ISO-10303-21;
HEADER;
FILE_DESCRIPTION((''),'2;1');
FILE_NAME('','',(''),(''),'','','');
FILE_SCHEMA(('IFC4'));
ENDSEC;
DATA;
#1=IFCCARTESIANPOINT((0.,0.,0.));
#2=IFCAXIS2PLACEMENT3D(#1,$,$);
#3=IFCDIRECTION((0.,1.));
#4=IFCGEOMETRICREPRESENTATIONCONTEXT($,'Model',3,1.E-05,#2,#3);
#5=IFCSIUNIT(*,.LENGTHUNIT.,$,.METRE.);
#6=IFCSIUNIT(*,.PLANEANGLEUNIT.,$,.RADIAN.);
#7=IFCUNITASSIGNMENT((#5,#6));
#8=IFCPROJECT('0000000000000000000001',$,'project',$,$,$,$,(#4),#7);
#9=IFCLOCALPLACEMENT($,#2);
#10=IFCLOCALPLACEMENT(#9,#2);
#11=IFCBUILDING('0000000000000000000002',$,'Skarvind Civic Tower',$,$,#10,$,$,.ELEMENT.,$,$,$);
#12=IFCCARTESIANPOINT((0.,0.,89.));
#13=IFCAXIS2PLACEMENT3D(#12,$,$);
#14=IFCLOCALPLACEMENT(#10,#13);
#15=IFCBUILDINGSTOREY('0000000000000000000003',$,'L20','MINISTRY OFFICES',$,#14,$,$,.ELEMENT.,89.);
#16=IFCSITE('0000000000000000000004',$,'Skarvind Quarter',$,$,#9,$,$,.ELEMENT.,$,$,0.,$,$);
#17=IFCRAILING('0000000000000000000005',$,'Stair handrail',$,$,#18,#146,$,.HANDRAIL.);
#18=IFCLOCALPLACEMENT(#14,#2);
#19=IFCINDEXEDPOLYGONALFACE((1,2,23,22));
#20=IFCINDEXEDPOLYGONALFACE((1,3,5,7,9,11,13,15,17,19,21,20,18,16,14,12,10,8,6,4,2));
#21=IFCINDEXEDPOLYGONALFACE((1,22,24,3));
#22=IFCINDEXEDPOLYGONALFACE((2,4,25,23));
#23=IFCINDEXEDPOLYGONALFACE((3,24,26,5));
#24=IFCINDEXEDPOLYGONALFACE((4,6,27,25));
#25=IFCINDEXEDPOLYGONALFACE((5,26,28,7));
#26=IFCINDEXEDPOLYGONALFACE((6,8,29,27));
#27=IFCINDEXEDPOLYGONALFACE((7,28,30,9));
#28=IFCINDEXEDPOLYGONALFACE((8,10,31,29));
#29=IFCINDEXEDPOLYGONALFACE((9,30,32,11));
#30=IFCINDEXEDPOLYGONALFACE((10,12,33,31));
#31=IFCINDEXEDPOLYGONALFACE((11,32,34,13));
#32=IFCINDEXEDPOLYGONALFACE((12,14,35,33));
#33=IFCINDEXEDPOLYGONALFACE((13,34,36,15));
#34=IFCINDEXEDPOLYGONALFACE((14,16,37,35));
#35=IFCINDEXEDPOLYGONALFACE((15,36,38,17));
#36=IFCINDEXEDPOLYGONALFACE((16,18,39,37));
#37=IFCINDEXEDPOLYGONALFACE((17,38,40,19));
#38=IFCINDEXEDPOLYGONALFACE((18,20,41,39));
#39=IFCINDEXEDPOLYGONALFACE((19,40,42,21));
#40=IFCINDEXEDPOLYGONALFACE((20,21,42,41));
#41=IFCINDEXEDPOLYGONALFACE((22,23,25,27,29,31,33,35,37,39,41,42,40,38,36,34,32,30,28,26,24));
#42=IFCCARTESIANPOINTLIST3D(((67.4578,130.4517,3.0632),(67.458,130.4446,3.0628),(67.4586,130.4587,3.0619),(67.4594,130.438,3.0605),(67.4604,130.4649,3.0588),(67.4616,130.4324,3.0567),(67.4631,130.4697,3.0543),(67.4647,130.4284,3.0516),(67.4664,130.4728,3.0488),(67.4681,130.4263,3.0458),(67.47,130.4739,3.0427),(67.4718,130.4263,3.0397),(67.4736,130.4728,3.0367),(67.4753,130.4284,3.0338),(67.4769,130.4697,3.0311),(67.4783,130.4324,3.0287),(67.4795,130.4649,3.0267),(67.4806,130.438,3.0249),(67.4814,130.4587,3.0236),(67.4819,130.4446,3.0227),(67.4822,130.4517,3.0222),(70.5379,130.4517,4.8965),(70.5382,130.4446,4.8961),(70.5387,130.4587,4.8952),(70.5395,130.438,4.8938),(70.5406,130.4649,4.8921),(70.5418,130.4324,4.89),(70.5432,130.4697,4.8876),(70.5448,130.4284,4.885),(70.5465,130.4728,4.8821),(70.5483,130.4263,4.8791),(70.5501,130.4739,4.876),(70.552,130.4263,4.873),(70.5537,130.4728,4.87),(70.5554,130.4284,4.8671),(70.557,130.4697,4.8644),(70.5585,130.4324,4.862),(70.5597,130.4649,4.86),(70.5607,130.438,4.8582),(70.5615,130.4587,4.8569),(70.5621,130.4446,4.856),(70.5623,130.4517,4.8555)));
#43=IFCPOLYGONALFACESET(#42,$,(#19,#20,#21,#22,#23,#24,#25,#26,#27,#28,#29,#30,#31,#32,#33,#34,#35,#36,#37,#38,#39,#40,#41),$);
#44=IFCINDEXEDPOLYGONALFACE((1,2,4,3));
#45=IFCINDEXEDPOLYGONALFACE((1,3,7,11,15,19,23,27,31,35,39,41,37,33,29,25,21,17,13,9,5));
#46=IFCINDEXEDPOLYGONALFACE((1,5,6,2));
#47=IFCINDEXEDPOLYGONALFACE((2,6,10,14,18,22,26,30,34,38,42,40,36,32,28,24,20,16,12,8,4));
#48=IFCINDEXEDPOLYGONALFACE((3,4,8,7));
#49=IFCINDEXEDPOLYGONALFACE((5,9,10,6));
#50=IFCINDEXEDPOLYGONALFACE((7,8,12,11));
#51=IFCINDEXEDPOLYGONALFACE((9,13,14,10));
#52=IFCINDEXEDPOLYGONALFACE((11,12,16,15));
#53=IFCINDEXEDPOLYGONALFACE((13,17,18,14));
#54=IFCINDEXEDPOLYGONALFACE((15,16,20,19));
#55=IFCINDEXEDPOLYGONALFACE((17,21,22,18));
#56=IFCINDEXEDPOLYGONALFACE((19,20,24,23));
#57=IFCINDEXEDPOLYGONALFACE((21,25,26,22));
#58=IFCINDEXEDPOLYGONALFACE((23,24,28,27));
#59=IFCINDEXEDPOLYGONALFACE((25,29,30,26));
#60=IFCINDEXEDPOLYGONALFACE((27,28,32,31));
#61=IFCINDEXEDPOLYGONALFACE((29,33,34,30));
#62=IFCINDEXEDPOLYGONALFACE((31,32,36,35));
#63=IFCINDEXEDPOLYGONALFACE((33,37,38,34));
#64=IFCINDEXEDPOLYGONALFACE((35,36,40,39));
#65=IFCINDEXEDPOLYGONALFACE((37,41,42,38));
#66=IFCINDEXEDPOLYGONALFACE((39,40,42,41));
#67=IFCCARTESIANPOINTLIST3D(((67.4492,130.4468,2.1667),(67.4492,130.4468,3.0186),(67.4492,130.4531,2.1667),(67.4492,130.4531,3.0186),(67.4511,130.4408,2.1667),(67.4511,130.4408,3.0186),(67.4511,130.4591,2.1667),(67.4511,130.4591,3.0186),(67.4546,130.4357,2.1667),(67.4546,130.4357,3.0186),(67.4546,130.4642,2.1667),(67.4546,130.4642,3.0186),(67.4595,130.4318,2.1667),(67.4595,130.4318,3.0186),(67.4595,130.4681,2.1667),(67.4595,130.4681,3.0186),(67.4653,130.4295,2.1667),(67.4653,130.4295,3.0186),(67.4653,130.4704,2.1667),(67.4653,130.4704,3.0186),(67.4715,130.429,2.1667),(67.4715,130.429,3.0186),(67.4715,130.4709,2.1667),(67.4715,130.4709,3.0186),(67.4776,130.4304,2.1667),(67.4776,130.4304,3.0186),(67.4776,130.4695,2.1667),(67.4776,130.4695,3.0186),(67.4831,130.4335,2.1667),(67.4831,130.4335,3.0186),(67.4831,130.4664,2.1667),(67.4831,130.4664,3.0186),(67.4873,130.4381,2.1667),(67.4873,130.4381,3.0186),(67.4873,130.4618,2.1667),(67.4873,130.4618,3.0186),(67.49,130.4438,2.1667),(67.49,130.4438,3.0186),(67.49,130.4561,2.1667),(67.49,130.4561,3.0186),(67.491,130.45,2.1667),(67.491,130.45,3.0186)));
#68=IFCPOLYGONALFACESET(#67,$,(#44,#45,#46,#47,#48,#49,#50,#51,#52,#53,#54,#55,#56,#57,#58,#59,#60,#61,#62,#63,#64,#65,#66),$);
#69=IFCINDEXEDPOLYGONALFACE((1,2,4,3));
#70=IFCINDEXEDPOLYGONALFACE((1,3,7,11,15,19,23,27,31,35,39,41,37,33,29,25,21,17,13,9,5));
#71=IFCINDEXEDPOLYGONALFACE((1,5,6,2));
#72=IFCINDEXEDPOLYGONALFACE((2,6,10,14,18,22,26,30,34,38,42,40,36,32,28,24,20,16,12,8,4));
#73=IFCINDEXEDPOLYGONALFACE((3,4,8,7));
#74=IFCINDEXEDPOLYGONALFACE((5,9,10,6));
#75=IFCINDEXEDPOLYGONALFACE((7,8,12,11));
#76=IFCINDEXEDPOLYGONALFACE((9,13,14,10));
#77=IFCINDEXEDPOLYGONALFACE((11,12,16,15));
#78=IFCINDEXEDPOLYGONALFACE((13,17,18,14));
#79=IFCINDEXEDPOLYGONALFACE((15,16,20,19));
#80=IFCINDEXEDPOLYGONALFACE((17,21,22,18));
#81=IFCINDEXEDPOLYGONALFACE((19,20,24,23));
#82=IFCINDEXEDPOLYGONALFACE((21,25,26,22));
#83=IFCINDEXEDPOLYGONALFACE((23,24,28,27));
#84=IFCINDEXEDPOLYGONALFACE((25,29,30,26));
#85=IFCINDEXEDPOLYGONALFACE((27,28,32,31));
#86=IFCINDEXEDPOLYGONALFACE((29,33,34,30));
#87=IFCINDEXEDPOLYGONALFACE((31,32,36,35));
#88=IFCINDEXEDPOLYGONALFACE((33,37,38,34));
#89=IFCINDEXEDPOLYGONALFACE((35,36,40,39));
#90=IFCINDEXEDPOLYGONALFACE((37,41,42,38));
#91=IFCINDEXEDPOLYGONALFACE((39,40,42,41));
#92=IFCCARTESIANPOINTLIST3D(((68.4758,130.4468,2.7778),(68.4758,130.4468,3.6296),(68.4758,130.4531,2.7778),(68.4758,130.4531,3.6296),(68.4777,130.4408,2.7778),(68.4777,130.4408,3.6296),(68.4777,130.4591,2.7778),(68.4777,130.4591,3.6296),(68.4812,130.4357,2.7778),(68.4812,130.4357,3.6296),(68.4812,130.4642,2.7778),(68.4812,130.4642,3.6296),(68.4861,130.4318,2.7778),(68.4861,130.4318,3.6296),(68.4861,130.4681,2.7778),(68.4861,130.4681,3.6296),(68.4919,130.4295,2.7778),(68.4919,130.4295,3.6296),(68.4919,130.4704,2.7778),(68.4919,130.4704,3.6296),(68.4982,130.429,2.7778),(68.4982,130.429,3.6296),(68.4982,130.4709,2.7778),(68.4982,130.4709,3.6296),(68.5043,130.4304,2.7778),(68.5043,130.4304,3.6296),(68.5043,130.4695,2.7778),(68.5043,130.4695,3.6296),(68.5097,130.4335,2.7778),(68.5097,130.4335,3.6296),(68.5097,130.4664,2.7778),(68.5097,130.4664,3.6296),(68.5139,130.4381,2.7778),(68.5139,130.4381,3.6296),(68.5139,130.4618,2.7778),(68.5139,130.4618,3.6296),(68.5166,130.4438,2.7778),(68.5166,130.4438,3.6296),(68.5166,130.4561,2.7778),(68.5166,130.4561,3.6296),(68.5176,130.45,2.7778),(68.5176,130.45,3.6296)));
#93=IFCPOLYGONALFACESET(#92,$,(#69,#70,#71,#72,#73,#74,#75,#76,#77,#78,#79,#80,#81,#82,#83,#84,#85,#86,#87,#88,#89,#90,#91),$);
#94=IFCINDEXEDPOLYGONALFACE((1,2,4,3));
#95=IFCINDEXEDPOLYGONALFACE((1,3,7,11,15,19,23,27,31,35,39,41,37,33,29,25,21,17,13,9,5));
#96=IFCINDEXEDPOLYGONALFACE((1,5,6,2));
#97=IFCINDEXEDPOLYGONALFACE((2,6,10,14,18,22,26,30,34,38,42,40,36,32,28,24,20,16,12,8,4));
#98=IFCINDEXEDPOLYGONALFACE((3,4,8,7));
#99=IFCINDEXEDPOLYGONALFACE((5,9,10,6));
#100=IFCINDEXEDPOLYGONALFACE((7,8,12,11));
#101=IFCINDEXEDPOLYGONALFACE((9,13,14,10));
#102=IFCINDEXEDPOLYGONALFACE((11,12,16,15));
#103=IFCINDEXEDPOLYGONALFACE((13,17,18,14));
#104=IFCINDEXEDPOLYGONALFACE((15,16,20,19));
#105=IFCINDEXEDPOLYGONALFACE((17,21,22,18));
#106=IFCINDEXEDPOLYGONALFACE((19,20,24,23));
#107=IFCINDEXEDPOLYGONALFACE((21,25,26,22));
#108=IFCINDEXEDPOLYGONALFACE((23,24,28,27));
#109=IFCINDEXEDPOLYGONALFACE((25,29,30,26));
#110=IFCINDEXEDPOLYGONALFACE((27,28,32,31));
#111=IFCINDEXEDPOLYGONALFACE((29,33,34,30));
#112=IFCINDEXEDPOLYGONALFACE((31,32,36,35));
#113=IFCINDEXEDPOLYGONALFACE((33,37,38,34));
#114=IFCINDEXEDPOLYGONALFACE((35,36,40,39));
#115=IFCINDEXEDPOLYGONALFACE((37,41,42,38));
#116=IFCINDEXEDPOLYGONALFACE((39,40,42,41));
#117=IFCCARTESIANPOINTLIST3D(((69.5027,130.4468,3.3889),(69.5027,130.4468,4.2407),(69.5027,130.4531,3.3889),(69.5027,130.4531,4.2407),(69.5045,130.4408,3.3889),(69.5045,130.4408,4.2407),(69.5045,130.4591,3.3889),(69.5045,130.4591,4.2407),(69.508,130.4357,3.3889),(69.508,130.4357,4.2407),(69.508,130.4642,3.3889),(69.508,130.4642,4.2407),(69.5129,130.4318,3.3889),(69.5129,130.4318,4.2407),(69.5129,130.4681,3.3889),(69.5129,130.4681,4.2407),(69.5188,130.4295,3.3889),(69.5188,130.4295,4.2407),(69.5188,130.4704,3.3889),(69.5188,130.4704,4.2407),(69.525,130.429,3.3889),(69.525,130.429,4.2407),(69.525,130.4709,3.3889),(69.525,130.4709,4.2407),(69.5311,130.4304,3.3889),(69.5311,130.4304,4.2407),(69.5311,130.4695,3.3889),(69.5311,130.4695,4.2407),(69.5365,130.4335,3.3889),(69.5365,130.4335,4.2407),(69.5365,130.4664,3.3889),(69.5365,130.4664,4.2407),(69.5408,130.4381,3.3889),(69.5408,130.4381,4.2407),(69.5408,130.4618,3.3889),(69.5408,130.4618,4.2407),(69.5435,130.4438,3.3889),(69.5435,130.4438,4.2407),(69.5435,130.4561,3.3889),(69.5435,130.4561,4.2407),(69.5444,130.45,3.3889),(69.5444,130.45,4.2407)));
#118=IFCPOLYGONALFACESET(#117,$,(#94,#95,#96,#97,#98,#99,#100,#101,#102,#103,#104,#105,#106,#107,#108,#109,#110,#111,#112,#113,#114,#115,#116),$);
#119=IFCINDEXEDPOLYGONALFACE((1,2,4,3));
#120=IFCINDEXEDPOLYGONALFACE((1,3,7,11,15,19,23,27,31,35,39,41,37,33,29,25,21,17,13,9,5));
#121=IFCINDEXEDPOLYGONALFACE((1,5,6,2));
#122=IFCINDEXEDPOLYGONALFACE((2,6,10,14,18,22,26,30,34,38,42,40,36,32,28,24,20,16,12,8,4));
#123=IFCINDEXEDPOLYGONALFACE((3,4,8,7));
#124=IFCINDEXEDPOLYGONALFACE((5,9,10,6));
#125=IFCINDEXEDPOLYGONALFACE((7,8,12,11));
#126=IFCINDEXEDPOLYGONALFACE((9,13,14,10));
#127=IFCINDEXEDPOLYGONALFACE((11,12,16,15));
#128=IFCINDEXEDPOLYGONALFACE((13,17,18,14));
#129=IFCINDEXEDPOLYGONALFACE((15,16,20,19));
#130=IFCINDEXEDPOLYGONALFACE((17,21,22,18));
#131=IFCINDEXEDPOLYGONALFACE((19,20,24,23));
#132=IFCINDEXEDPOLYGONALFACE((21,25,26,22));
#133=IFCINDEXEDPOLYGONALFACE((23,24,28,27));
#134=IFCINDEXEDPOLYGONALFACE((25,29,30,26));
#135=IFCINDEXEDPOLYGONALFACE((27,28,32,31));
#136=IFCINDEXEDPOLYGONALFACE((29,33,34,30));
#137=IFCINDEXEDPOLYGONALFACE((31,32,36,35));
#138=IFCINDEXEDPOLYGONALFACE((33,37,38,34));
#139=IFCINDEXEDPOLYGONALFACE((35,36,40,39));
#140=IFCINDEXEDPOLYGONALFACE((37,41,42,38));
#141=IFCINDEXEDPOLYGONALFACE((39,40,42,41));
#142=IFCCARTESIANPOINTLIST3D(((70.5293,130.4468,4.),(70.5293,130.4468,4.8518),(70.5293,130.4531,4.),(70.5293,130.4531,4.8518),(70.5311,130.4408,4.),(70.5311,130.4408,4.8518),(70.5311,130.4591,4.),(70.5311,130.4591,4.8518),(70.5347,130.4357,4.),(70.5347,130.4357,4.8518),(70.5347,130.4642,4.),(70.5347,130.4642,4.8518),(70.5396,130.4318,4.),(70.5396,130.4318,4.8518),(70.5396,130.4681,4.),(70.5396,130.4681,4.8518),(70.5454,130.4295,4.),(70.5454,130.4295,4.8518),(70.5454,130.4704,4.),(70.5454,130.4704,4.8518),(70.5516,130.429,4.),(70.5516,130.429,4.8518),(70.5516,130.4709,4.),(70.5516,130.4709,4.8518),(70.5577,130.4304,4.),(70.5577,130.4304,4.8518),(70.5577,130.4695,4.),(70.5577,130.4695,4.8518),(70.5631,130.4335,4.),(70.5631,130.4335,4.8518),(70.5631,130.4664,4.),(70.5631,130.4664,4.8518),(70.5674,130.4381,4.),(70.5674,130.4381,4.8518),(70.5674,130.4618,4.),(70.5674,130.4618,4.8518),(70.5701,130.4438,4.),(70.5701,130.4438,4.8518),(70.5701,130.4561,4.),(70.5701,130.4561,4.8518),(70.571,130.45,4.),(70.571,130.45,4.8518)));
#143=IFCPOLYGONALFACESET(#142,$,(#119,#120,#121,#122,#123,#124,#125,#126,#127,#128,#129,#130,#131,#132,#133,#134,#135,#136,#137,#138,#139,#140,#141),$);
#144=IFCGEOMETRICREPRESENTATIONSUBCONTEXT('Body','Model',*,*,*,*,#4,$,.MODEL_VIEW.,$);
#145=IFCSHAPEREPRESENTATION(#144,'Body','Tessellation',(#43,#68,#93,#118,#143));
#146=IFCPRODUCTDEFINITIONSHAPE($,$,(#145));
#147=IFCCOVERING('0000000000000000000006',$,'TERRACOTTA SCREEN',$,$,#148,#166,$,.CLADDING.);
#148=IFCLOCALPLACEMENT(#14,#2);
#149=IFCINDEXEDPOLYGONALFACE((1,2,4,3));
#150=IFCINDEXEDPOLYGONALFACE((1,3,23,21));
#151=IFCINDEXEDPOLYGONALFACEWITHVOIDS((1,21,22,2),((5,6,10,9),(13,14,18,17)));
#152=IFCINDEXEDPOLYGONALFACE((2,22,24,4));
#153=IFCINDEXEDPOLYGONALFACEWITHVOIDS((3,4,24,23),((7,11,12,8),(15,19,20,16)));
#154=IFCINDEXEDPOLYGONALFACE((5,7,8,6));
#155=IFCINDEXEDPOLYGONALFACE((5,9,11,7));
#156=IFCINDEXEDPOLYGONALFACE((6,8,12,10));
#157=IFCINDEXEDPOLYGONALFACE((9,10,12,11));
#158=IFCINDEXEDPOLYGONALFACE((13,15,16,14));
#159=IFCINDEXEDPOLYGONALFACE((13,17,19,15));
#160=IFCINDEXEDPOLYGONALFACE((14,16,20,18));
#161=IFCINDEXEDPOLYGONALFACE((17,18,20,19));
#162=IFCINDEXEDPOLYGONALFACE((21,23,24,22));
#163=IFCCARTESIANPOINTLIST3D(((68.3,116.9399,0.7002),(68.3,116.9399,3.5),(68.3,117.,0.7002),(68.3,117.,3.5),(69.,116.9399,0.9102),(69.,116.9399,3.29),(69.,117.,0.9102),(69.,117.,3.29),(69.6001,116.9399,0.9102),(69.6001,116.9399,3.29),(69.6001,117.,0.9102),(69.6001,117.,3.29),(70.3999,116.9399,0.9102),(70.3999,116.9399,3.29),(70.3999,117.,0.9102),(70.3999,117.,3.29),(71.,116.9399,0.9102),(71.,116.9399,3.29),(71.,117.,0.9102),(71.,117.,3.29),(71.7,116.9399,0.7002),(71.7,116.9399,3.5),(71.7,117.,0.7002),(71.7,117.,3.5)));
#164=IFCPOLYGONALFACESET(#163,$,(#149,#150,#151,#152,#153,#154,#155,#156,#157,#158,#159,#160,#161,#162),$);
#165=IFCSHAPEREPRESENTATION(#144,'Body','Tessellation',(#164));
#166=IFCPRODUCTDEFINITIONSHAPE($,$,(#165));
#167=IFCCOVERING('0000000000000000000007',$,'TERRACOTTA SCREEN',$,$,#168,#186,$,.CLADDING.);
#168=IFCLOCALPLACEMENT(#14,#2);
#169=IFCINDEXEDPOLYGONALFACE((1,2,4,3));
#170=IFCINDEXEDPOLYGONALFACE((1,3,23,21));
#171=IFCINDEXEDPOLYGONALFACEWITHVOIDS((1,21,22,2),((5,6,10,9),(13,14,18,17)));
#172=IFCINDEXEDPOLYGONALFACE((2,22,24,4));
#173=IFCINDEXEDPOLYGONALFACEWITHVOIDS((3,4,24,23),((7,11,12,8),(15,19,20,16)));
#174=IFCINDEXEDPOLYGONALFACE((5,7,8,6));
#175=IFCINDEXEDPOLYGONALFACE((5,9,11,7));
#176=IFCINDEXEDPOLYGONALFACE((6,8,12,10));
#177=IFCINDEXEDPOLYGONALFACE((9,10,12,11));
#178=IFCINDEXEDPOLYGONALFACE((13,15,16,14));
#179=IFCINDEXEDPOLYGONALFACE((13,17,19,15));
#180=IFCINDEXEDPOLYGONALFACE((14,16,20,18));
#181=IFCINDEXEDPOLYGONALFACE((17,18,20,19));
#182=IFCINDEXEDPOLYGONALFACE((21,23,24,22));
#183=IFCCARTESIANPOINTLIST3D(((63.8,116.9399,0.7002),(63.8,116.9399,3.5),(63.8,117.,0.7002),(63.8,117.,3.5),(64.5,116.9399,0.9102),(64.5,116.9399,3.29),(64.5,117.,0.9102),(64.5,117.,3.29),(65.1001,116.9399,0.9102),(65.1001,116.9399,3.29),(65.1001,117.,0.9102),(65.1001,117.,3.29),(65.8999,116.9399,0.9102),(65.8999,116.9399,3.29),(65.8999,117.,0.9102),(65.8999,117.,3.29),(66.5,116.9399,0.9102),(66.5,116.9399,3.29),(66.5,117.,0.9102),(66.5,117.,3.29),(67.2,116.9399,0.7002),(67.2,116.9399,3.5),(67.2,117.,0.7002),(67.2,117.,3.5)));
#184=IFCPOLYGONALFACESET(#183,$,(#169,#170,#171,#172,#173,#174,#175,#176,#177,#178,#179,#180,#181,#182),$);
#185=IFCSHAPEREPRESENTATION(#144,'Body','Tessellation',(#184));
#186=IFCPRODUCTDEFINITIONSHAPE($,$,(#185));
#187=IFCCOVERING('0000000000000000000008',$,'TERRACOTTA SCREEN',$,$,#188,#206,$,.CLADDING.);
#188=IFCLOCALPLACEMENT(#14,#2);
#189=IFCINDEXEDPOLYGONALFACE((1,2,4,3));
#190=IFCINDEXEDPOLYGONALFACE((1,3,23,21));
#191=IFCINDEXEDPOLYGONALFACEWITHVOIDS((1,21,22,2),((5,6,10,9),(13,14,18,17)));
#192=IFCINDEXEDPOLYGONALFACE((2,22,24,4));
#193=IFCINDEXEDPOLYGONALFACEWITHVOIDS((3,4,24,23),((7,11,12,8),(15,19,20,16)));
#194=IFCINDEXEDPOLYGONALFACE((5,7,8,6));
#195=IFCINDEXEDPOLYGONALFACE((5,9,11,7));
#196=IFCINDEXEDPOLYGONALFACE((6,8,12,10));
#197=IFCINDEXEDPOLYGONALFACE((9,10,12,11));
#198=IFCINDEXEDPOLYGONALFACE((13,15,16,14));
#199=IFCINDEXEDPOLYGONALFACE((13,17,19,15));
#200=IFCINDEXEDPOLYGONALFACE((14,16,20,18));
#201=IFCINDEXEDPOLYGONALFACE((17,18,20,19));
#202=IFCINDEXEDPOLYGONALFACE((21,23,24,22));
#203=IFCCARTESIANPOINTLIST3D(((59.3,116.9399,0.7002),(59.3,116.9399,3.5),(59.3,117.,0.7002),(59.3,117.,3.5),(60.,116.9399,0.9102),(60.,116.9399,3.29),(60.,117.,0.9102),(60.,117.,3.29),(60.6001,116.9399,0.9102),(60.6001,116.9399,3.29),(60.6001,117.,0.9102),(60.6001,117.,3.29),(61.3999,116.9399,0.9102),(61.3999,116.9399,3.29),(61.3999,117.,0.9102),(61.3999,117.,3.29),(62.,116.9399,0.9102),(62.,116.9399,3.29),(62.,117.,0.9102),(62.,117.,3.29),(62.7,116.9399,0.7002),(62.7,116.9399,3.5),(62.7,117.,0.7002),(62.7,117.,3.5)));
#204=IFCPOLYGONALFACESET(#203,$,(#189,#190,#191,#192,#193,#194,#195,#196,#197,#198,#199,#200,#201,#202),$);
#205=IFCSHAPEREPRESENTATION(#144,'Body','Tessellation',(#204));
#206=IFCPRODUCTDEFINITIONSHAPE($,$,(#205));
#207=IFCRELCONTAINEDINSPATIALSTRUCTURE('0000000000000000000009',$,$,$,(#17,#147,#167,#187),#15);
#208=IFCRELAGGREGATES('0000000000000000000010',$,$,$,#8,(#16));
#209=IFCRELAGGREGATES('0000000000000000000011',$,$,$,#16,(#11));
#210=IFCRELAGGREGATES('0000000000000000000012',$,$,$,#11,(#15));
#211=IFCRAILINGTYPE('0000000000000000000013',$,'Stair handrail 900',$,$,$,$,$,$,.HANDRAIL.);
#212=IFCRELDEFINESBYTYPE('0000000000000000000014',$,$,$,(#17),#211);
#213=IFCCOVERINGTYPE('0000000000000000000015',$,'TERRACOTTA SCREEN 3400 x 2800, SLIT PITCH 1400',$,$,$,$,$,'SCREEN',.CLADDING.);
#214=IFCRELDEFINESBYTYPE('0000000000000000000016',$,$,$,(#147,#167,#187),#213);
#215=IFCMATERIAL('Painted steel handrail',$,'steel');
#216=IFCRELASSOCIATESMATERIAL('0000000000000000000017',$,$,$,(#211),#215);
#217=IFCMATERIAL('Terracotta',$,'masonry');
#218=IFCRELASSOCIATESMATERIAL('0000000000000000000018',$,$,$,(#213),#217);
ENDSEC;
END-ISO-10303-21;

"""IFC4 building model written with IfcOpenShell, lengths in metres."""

from ifc_helpers import new_model, si_unit, direction, frame, origin, origin_2d, place, context, subcontext, project, spatial, polyline, circle, outline, extrude, material, material_profile, profile_set, type_object, element, save


model = new_model("IFC4")

# Units and contexts
model_context = context("Model", 3, precision=1e-05, world=origin(), true_north=direction((0.0, 1.0)))
body_context = subcontext(model_context, "Body", "Model", "MODEL_VIEW")
ifc_project = project(units=[si_unit("LENGTHUNIT", "METRE"), si_unit("PLANEANGLEUNIT", "RADIAN")], contexts=[model_context])

# Site, building, storey
site_placement = place(None, origin())
site = spatial("IfcSite", under=ifc_project, at=site_placement, Name="Skarvind Quarter", CompositionType="ELEMENT", RefElevation=0.0)
building_placement = place(site_placement, origin())
building = spatial("IfcBuilding", under=site, at=building_placement, Name="Skarvind Civic Tower", CompositionType="ELEMENT")
storey_placement = place(building_placement, frame((0.0, 0.0, 89.0)))
storey = spatial("IfcBuildingStorey", under=building, at=storey_placement, Name="L20", Description="MINISTRY OFFICES", CompositionType="ELEMENT", Elevation=89.0)

# Railing
ifc_material_1 = material(Name="Painted steel handrail", Category="steel")
railing_type = type_object("IfcRailingType", Name="Stair handrail 900", PredefinedType="HANDRAIL", material=ifc_material_1)
railing_1_placement = place(storey_placement, frame((67.47, 130.45, 2.1667)))
element("IfcRailing", 1, at=railing_1_placement, inside=storey, type_object=railing_type, Name="Stair handrail", PredefinedType="HANDRAIL", context=body_context, shape_type="SweptSolid", body=[
    extrude(circle(Radius=0.0239, at=origin_2d()), frame((0.0, 0.0, 0.876), z_axis=(0.859309, 0.0, 0.511458), x_axis=(0.0, 1.0, 0.0)), (0.0, 0.0, 1.0), 3.5845),
    extrude(circle(Radius=0.021, at=origin_2d()), origin(), (0.0, 0.0, 1.0), 0.8518),
    extrude(circle(Radius=0.021, at=origin_2d()), frame((1.0266, 0.0, 0.6111)), (0.0, 0.0, 1.0), 0.8518),
    extrude(circle(Radius=0.021, at=origin_2d()), frame((2.0535, 0.0, 1.2222)), (0.0, 0.0, 1.0), 0.8518),
    extrude(circle(Radius=0.021, at=origin_2d()), frame((3.0801, 0.0, 1.8333)), (0.0, 0.0, 1.0), 0.8518),
])

# Coverings
ifc_material_2 = material(Name="Terracotta", Category="masonry")
ifc_material_profile_1 = material_profile(ifc_material_2, outline(polyline([(-1.7, -1.3999), (1.7, -1.3999), (1.7, 1.3999), (-1.7, 1.3999), (-1.7, -1.3999)]), holes=[polyline([(-1.0, -1.1899), (-0.3999, -1.1899), (-0.3999, 1.1899), (-1.0, 1.1899), (-1.0, -1.1899)]), polyline([(0.3999, -1.1899), (1.0, -1.1899), (1.0, 1.1899), (0.3999, 1.1899), (0.3999, -1.1899)])]), Name="TERRACOTTA SCREEN 3400 x 2800, SLIT PITCH 1400")
ifc_profile_set_1 = profile_set([ifc_material_profile_1], Name="Terracotta")
covering_type = type_object("IfcCoveringType", Name="TERRACOTTA SCREEN 3400 x 2800, SLIT PITCH 1400", ElementType="SCREEN", PredefinedType="CLADDING", material=ifc_profile_set_1)
for number, where, z_axis, x_axis, name in (
    (2, (70.0, 117.0, 2.1001), (0.0, -1.0, 0.0), (1.0, 0.0, 0.0), "TERRACOTTA SCREEN"),
    (3, (65.5, 117.0, 2.1001), (0.0, -1.0, 0.0), (1.0, 0.0, 0.0), "TERRACOTTA SCREEN"),
    (4, (61.0, 117.0, 2.1001), (0.0, -1.0, 0.0), (1.0, 0.0, 0.0), "TERRACOTTA SCREEN"),
):
    element("IfcCovering", number, at=place(storey_placement, frame(where, z_axis=z_axis, x_axis=x_axis)), inside=storey, type_object=covering_type, Name=name, PredefinedType="CLADDING", context=body_context, shape_type="SweptSolid", body=[
        extrude(outline(polyline([(-1.7, -1.3999), (1.7, -1.3999), (1.7, 1.3999), (-1.7, 1.3999), (-1.7, -1.3999)]), holes=[polyline([(-1.0, -1.1899), (-0.3999, -1.1899), (-0.3999, 1.1899), (-1.0, 1.1899), (-1.0, -1.1899)]), polyline([(0.3999, -1.1899), (1.0, -1.1899), (1.0, 1.1899), (0.3999, 1.1899), (0.3999, -1.1899)])]), origin(), (0.0, 0.0, 1.0), 0.0601),
    ])

save(model, "model.ifc")
